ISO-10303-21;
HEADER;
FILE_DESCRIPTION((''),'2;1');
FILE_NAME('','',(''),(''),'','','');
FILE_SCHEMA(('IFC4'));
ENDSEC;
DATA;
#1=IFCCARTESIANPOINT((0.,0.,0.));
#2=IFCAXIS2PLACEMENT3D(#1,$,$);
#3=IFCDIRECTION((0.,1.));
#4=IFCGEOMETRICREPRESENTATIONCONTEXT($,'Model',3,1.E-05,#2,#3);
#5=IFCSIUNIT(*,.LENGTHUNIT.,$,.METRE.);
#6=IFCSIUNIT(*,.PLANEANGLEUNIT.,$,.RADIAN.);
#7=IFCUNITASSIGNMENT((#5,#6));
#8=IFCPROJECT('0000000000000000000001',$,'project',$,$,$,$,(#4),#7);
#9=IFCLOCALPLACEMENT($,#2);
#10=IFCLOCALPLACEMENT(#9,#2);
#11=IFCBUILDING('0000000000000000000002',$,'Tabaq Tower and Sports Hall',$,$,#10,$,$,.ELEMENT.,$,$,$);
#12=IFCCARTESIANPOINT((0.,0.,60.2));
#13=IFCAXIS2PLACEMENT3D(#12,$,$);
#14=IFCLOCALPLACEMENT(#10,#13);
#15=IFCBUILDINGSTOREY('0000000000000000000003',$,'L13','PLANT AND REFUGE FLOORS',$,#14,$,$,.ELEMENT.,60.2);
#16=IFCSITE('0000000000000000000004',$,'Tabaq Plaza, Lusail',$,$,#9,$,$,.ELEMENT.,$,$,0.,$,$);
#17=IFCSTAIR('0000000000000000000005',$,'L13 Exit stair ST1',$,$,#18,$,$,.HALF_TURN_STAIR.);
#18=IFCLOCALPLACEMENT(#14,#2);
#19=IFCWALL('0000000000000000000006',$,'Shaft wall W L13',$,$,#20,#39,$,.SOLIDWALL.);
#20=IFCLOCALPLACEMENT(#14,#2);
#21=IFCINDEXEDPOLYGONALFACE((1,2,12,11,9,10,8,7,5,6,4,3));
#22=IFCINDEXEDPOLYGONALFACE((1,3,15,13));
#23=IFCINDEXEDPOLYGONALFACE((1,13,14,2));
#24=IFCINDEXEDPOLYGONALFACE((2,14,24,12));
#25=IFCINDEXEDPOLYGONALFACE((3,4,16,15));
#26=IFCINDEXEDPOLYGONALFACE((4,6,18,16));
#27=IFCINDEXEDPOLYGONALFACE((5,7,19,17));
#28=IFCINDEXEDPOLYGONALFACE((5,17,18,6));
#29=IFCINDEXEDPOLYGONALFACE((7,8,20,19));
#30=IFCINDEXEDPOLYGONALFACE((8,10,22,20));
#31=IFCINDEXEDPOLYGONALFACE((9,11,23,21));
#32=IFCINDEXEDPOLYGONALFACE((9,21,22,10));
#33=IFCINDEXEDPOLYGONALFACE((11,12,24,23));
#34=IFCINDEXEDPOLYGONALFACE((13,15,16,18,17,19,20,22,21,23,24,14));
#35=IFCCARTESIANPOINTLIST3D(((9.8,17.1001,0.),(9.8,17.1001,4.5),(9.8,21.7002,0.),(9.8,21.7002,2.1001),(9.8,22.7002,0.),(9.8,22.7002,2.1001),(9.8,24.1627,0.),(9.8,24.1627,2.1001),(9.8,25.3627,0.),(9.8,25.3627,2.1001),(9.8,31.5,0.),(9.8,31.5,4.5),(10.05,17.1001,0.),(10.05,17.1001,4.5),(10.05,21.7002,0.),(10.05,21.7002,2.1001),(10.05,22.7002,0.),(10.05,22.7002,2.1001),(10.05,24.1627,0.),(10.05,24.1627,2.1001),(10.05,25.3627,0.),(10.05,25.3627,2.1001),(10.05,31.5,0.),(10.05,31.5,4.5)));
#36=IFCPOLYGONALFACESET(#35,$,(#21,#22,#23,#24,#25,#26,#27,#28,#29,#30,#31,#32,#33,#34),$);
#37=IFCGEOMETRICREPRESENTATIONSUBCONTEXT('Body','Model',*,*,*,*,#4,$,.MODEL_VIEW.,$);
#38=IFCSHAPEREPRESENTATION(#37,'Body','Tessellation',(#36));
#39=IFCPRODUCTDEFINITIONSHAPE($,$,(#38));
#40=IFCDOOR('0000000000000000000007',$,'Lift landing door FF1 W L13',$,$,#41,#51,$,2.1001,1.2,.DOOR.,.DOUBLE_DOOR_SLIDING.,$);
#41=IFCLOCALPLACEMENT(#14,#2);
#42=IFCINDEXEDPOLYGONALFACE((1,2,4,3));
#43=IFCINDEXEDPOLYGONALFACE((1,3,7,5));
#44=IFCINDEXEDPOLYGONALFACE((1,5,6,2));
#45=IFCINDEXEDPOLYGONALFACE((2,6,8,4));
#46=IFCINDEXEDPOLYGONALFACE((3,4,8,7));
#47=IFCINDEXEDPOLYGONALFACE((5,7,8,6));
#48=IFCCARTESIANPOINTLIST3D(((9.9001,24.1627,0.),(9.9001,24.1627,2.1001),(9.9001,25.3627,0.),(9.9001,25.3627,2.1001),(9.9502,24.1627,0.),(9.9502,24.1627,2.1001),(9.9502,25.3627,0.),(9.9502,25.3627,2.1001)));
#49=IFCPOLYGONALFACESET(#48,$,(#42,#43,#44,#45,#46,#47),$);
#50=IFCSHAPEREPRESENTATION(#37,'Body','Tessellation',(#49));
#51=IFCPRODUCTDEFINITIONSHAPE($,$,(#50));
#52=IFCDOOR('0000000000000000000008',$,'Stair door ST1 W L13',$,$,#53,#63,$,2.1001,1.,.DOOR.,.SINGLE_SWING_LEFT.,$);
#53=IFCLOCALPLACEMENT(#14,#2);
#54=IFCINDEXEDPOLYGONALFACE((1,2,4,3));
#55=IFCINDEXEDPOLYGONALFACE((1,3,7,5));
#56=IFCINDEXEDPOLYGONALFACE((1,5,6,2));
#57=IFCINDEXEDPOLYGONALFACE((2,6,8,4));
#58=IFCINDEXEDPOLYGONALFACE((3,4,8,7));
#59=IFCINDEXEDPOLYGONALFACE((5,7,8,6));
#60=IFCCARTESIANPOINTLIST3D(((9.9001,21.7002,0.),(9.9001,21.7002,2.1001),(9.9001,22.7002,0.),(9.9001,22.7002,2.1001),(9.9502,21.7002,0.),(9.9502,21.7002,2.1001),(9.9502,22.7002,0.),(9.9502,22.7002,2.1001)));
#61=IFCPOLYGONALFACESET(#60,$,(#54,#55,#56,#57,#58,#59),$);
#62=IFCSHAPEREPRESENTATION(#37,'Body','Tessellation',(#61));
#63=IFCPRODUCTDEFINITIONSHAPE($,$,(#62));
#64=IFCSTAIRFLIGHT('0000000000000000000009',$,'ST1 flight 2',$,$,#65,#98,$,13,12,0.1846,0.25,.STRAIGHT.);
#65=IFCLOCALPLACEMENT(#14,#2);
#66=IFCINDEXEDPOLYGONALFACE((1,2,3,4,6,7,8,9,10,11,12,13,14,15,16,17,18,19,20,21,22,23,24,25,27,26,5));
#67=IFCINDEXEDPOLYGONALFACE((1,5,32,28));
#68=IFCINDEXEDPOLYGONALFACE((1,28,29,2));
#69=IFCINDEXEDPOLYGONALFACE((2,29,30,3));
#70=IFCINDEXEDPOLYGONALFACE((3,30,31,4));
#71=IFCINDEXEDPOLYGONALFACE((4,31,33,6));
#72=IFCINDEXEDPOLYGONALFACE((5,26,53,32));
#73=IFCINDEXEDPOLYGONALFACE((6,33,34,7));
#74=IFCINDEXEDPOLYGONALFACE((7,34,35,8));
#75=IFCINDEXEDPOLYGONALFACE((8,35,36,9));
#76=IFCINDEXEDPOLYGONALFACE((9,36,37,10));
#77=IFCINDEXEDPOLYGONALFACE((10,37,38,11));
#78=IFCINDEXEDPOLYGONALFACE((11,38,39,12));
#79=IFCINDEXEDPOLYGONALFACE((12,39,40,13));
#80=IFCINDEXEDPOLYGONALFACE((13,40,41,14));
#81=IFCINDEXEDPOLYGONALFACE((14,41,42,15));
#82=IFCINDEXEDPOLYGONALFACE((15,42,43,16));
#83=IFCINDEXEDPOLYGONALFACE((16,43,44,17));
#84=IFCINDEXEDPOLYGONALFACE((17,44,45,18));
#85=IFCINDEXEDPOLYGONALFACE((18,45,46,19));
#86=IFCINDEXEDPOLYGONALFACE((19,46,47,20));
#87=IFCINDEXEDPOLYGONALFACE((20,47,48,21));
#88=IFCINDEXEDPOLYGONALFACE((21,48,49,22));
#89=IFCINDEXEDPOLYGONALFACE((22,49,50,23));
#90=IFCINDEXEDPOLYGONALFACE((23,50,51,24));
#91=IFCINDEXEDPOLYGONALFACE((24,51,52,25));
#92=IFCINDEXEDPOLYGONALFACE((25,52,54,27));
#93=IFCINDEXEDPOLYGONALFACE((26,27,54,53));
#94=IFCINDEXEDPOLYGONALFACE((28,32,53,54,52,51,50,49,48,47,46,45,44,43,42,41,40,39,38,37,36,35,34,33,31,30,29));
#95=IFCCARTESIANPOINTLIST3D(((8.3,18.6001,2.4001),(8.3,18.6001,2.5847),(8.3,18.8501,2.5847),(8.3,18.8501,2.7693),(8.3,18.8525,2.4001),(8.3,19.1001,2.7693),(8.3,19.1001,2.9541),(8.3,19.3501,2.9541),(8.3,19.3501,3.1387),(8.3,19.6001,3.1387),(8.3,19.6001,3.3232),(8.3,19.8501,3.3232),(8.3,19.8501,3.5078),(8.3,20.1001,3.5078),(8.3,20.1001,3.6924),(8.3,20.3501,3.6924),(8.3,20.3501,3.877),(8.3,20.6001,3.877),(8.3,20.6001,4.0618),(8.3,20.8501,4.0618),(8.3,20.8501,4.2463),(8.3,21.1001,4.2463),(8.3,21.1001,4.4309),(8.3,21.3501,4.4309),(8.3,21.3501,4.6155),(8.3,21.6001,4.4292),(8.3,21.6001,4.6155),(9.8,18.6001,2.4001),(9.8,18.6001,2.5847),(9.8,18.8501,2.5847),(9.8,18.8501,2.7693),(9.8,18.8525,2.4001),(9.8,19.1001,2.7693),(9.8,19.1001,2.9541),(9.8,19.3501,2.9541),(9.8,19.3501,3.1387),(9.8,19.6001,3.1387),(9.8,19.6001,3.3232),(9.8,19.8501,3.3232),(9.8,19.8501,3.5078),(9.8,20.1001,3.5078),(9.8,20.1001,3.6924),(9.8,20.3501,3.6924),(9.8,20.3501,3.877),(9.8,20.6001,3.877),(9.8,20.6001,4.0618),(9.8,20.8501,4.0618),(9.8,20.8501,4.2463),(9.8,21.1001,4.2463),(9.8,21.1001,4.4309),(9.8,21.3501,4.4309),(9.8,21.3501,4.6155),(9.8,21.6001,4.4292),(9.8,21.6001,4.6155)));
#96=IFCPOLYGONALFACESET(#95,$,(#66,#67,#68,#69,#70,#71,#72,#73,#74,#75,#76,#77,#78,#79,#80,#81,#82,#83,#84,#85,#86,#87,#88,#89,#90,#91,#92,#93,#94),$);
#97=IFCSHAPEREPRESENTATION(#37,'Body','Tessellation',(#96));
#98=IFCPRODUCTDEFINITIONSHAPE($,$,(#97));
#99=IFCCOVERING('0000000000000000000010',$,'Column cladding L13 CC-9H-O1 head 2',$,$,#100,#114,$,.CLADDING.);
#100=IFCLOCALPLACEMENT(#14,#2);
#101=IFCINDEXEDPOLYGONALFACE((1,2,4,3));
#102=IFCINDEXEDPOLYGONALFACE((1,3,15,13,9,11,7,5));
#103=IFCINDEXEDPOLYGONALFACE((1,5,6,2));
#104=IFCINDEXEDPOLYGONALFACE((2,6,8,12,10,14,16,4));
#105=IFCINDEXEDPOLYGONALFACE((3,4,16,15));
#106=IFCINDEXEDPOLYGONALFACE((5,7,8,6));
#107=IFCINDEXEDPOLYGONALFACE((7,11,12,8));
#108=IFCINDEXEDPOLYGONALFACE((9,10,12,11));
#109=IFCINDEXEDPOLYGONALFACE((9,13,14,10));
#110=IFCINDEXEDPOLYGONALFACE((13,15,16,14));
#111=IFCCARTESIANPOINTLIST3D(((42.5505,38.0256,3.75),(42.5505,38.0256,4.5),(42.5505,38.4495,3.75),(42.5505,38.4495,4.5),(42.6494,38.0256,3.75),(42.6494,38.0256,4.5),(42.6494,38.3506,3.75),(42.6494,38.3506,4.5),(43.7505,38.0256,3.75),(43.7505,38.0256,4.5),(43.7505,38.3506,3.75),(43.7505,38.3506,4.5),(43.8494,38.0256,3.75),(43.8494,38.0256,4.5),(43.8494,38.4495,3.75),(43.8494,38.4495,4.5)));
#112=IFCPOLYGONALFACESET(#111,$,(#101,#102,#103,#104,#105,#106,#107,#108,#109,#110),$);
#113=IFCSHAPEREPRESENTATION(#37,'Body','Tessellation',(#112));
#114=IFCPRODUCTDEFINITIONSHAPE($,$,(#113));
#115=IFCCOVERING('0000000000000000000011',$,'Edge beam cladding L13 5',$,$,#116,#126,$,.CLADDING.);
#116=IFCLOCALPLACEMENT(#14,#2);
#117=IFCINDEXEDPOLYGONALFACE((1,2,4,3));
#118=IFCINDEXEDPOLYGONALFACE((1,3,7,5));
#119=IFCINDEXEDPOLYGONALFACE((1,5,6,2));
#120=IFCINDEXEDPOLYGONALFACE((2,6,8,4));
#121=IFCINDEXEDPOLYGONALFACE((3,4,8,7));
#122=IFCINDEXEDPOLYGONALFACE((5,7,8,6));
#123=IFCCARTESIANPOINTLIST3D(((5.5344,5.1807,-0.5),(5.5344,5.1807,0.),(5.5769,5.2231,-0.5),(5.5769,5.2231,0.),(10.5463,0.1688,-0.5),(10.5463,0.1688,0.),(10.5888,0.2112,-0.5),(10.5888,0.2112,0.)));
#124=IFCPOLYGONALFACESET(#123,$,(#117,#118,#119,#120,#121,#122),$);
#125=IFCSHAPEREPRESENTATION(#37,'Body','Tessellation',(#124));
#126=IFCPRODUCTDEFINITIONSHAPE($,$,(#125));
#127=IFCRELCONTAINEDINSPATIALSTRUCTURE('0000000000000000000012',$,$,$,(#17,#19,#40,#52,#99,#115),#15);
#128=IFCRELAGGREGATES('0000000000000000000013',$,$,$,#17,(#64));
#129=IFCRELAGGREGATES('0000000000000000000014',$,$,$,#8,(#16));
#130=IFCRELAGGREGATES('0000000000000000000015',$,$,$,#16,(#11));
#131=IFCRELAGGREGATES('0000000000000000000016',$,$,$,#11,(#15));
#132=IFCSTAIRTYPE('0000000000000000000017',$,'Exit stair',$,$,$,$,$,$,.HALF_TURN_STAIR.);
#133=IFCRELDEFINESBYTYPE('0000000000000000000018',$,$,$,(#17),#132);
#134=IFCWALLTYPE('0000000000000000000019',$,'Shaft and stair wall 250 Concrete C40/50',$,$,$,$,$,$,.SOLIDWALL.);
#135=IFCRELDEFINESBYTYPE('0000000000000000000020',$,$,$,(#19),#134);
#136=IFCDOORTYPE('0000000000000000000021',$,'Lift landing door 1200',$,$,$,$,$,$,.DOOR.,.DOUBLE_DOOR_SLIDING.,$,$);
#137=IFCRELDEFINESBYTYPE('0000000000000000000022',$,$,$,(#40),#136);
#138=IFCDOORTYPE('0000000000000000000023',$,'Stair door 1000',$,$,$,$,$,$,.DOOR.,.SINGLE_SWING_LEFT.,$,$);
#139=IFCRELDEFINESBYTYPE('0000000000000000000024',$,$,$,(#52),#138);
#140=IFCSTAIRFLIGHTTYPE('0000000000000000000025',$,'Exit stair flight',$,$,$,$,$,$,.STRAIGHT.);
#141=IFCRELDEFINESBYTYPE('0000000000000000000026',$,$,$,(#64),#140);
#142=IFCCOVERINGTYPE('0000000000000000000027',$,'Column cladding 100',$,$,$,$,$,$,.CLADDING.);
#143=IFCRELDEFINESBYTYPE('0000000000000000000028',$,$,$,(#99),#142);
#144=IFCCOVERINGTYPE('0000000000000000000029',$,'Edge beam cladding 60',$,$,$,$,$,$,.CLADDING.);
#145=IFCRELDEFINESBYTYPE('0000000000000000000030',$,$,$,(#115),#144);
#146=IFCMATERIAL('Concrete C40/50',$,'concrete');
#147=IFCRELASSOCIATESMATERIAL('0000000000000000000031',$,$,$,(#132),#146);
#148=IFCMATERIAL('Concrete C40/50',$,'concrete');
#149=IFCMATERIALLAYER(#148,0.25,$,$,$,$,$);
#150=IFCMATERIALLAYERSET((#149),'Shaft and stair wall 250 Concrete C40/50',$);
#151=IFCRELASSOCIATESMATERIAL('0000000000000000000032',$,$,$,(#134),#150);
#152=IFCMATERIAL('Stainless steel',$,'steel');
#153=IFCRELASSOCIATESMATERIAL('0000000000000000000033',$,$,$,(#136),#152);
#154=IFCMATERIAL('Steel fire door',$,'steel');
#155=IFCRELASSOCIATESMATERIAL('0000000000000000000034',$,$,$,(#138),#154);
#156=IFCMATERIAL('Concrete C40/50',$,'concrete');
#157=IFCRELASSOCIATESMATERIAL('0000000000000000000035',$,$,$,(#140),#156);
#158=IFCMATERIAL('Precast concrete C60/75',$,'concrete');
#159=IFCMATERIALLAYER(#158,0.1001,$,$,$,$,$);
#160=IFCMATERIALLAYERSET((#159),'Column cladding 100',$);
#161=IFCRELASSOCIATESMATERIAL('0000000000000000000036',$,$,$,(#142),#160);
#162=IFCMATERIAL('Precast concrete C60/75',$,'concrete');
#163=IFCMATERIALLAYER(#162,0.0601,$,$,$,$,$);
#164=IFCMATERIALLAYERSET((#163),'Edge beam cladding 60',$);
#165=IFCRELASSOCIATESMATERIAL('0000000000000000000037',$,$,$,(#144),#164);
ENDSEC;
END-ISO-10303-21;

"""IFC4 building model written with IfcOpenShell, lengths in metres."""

from ifc_helpers import new_model, si_unit, direction, frame, frame_2d, origin, place, context, subcontext, project, spatial, polyline, rectangle, outline, extrude, material, layer, layer_set, type_object, element, fill, aggregate, save


model = new_model("IFC4")

# Units and contexts
model_context = context("Model", 3, precision=1e-05, world=origin(), true_north=direction((0.0, 1.0)))
body_context = subcontext(model_context, "Body", "Model", "MODEL_VIEW")
ifc_project = project(units=[si_unit("LENGTHUNIT", "METRE"), si_unit("PLANEANGLEUNIT", "RADIAN")], contexts=[model_context])

# Site, building, storey
site_placement = place(None, origin())
site = spatial("IfcSite", under=ifc_project, at=site_placement, Name="Tabaq Plaza, Lusail", CompositionType="ELEMENT", RefElevation=0.0)
building_placement = place(site_placement, origin())
building = spatial("IfcBuilding", under=site, at=building_placement, Name="Tabaq Tower and Sports Hall", CompositionType="ELEMENT")
storey_placement = place(building_placement, frame((0.0, 0.0, 60.2)))
storey = spatial("IfcBuildingStorey", under=building, at=storey_placement, Name="L13", Description="PLANT AND REFUGE FLOORS", CompositionType="ELEMENT", Elevation=60.2)

# Stair
ifc_material_1 = material(Name="Concrete C40/50", Category="concrete")
stair_type = type_object("IfcStairType", Name="Exit stair", PredefinedType="HALF_TURN_STAIR", material=ifc_material_1)
stair_1_placement = place(storey_placement, origin())
stair_1 = element("IfcStair", 1, at=stair_1_placement, inside=storey, type_object=stair_type, Name="L13 Exit stair ST1", PredefinedType="HALF_TURN_STAIR")

# Wall, openings, doors
ifc_material_2 = material(Name="Concrete C40/50", Category="concrete")
ifc_layer_1 = layer(ifc_material_2, 0.25)
ifc_layer_set_1 = layer_set([ifc_layer_1], Name="Shaft and stair wall 250 Concrete C40/50")
wall_type_1 = type_object("IfcWallType", Name="Shaft and stair wall 250 Concrete C40/50", PredefinedType="SOLIDWALL", material=ifc_layer_set_1)
wall_1_placement = place(storey_placement, frame((9.925, 17.1001, 0.0), z_axis=(0.0, 0.0, 1.0), x_axis=(0.0, 1.0, 0.0)))
wall_1 = element("IfcWall", 2, at=wall_1_placement, inside=storey, type_object=wall_type_1, Name="Shaft wall W L13", PredefinedType="SOLIDWALL", context=body_context, shape_type="SweptSolid", body=[
    extrude(rectangle(XDim=14.3999, YDim=0.25, at=frame_2d((7.2, 0.0))), origin(), (0.0, 0.0, 1.0), 4.5),
])
opening_1_placement = place(wall_1_placement, frame((4.6001, 0.0, 0.0)))
opening_1 = element("IfcOpeningElement", 3, at=opening_1_placement, cuts=wall_1, PredefinedType="OPENING", context=body_context, shape_type="SweptSolid", body=[
    extrude(rectangle(XDim=1.0, YDim=2.1001, at=frame_2d((0.5, 1.05))), frame((0.0, 0.125, 0.0), z_axis=(0.0, -1.0, 0.0), x_axis=(1.0, 0.0, 0.0)), (0.0, 0.0, 1.0), 0.25),
])
opening_2_placement = place(wall_1_placement, frame((7.0625, 0.0, 0.0)))
opening_2 = element("IfcOpeningElement", 4, at=opening_2_placement, cuts=wall_1, PredefinedType="OPENING", context=body_context, shape_type="SweptSolid", body=[
    extrude(rectangle(XDim=1.2, YDim=2.1001, at=frame_2d((0.6001, 1.05))), frame((0.0, 0.125, 0.0), z_axis=(0.0, -1.0, 0.0), x_axis=(1.0, 0.0, 0.0)), (0.0, 0.0, 1.0), 0.25),
])
ifc_material_3 = material(Name="Stainless steel", Category="steel")
door_type_1 = type_object("IfcDoorType", Name="Lift landing door 1200", OperationType="DOUBLE_DOOR_SLIDING", PredefinedType="DOOR", material=ifc_material_3)
door_1_placement = place(opening_2_placement, origin())
door_1 = element("IfcDoor", 5, at=door_1_placement, inside=storey, type_object=door_type_1, Name="Lift landing door FF1 W L13", OperationType="DOUBLE_DOOR_SLIDING", OverallHeight=2.1001, OverallWidth=1.2, PredefinedType="DOOR", context=body_context, shape_type="SweptSolid", body=[
    extrude(rectangle(XDim=1.2, YDim=2.1001, at=frame_2d((0.6001, 1.05))), frame((0.0, 0.0249, 0.0), z_axis=(0.0, -1.0, 0.0), x_axis=(1.0, 0.0, 0.0)), (0.0, 0.0, 1.0), 0.05),
])
fill(opening_2, door_1)
ifc_material_4 = material(Name="Steel fire door", Category="steel")
door_type_2 = type_object("IfcDoorType", Name="Stair door 1000", OperationType="SINGLE_SWING_LEFT", PredefinedType="DOOR", material=ifc_material_4)
door_2_placement = place(opening_1_placement, origin())
door_2 = element("IfcDoor", 6, at=door_2_placement, inside=storey, type_object=door_type_2, Name="Stair door ST1 W L13", OperationType="SINGLE_SWING_LEFT", OverallHeight=2.1001, OverallWidth=1.0, PredefinedType="DOOR", context=body_context, shape_type="SweptSolid", body=[
    extrude(rectangle(XDim=1.0, YDim=2.1001, at=frame_2d((0.5, 1.05))), frame((0.0, 0.0249, 0.0), z_axis=(0.0, -1.0, 0.0), x_axis=(1.0, 0.0, 0.0)), (0.0, 0.0, 1.0), 0.05),
])
fill(opening_1, door_2)

# Stair flight
ifc_material_5 = material(Name="Concrete C40/50", Category="concrete")
stair_flight_type = type_object("IfcStairFlightType", Name="Exit stair flight", PredefinedType="STRAIGHT", material=ifc_material_5)
stair_flight_placement = place(storey_placement, frame((9.05, 18.6001, 2.4001), z_axis=(0.0, 0.0, 1.0), x_axis=(0.0, 1.0, 0.0)))
stair_flight = element("IfcStairFlight", 7, at=stair_flight_placement, type_object=stair_flight_type, Name="ST1 flight 2", NumberOfRisers=13, NumberOfTreads=12, PredefinedType="STRAIGHT", RiserHeight=0.1846, TreadLength=0.25, context=body_context, shape_type="SweptSolid", body=[
    extrude(outline(polyline([(0.0, 0.0), (0.0, 0.1846), (0.25, 0.1846), (0.25, 0.3691), (0.5, 0.3691), (0.5, 0.554), (0.75, 0.554), (0.75, 0.7385), (1.0, 0.7385), (1.0, 0.9231), (1.25, 0.9231), (1.25, 1.1077), (1.5, 1.1077), (1.5, 1.2922), (1.75, 1.2922), (1.75, 1.4768), (2.0, 1.4768), (2.0, 1.6616), (2.25, 1.6616), (2.25, 1.8462), (2.5, 1.8462), (2.5, 2.0308), (2.75, 2.0308), (2.75, 2.2153), (3.0, 2.2153), (3.0, 2.3999), (3.0, 2.0291), (0.2524, 0.0), (0.0, 0.0)])), frame((0.0, 0.75, 0.0), z_axis=(0.0, -1.0, 0.0), x_axis=(1.0, 0.0, 0.0)), (0.0, 0.0, 1.0), 1.5),
])
aggregate(stair_1, [stair_flight])

# Coverings
ifc_material_6 = material(Name="Precast concrete C60/75", Category="concrete")
ifc_layer_2 = layer(ifc_material_6, 0.1001)
ifc_layer_set_2 = layer_set([ifc_layer_2], Name="Column cladding 100")
covering_type_1 = type_object("IfcCoveringType", Name="Column cladding 100", PredefinedType="CLADDING", material=ifc_layer_set_2)
covering_1_placement = place(storey_placement, frame((0.0, 0.0, 3.75)))
element("IfcCovering", 8, at=covering_1_placement, inside=storey, type_object=covering_type_1, Name="Column cladding L13 CC-9H-O1 head 2", PredefinedType="CLADDING", context=body_context, shape_type="SweptSolid", body=[
    extrude(outline(polyline([(42.6494, 38.0256), (42.5505, 38.0256), (42.5505, 38.4495), (43.8494, 38.4495), (43.8494, 38.0256), (43.7505, 38.0256), (43.7505, 38.3506), (42.6494, 38.3506), (42.6494, 38.0256)])), origin(), (0.0, 0.0, 1.0), 0.75),
])
ifc_material_7 = material(Name="Precast concrete C60/75", Category="concrete")
ifc_layer_3 = layer(ifc_material_7, 0.0601)
ifc_layer_set_3 = layer_set([ifc_layer_3], Name="Edge beam cladding 60")
covering_type_2 = type_object("IfcCoveringType", Name="Edge beam cladding 60", PredefinedType="CLADDING", material=ifc_layer_set_3)
covering_2_placement = place(storey_placement, frame((5.5557, 5.2019, -0.5), z_axis=(0.0, 0.0, 1.0), x_axis=(0.707107, -0.707107, 0.0)))
element("IfcCovering", 9, at=covering_2_placement, inside=storey, type_object=covering_type_2, Name="Edge beam cladding L13 5", PredefinedType="CLADDING", context=body_context, shape_type="SweptSolid", body=[
    extrude(rectangle(XDim=7.0879, YDim=0.0601, at=frame_2d((3.5439, 0.0))), origin(), (0.0, 0.0, 1.0), 0.5),
])

save(model, "model.ifc")
